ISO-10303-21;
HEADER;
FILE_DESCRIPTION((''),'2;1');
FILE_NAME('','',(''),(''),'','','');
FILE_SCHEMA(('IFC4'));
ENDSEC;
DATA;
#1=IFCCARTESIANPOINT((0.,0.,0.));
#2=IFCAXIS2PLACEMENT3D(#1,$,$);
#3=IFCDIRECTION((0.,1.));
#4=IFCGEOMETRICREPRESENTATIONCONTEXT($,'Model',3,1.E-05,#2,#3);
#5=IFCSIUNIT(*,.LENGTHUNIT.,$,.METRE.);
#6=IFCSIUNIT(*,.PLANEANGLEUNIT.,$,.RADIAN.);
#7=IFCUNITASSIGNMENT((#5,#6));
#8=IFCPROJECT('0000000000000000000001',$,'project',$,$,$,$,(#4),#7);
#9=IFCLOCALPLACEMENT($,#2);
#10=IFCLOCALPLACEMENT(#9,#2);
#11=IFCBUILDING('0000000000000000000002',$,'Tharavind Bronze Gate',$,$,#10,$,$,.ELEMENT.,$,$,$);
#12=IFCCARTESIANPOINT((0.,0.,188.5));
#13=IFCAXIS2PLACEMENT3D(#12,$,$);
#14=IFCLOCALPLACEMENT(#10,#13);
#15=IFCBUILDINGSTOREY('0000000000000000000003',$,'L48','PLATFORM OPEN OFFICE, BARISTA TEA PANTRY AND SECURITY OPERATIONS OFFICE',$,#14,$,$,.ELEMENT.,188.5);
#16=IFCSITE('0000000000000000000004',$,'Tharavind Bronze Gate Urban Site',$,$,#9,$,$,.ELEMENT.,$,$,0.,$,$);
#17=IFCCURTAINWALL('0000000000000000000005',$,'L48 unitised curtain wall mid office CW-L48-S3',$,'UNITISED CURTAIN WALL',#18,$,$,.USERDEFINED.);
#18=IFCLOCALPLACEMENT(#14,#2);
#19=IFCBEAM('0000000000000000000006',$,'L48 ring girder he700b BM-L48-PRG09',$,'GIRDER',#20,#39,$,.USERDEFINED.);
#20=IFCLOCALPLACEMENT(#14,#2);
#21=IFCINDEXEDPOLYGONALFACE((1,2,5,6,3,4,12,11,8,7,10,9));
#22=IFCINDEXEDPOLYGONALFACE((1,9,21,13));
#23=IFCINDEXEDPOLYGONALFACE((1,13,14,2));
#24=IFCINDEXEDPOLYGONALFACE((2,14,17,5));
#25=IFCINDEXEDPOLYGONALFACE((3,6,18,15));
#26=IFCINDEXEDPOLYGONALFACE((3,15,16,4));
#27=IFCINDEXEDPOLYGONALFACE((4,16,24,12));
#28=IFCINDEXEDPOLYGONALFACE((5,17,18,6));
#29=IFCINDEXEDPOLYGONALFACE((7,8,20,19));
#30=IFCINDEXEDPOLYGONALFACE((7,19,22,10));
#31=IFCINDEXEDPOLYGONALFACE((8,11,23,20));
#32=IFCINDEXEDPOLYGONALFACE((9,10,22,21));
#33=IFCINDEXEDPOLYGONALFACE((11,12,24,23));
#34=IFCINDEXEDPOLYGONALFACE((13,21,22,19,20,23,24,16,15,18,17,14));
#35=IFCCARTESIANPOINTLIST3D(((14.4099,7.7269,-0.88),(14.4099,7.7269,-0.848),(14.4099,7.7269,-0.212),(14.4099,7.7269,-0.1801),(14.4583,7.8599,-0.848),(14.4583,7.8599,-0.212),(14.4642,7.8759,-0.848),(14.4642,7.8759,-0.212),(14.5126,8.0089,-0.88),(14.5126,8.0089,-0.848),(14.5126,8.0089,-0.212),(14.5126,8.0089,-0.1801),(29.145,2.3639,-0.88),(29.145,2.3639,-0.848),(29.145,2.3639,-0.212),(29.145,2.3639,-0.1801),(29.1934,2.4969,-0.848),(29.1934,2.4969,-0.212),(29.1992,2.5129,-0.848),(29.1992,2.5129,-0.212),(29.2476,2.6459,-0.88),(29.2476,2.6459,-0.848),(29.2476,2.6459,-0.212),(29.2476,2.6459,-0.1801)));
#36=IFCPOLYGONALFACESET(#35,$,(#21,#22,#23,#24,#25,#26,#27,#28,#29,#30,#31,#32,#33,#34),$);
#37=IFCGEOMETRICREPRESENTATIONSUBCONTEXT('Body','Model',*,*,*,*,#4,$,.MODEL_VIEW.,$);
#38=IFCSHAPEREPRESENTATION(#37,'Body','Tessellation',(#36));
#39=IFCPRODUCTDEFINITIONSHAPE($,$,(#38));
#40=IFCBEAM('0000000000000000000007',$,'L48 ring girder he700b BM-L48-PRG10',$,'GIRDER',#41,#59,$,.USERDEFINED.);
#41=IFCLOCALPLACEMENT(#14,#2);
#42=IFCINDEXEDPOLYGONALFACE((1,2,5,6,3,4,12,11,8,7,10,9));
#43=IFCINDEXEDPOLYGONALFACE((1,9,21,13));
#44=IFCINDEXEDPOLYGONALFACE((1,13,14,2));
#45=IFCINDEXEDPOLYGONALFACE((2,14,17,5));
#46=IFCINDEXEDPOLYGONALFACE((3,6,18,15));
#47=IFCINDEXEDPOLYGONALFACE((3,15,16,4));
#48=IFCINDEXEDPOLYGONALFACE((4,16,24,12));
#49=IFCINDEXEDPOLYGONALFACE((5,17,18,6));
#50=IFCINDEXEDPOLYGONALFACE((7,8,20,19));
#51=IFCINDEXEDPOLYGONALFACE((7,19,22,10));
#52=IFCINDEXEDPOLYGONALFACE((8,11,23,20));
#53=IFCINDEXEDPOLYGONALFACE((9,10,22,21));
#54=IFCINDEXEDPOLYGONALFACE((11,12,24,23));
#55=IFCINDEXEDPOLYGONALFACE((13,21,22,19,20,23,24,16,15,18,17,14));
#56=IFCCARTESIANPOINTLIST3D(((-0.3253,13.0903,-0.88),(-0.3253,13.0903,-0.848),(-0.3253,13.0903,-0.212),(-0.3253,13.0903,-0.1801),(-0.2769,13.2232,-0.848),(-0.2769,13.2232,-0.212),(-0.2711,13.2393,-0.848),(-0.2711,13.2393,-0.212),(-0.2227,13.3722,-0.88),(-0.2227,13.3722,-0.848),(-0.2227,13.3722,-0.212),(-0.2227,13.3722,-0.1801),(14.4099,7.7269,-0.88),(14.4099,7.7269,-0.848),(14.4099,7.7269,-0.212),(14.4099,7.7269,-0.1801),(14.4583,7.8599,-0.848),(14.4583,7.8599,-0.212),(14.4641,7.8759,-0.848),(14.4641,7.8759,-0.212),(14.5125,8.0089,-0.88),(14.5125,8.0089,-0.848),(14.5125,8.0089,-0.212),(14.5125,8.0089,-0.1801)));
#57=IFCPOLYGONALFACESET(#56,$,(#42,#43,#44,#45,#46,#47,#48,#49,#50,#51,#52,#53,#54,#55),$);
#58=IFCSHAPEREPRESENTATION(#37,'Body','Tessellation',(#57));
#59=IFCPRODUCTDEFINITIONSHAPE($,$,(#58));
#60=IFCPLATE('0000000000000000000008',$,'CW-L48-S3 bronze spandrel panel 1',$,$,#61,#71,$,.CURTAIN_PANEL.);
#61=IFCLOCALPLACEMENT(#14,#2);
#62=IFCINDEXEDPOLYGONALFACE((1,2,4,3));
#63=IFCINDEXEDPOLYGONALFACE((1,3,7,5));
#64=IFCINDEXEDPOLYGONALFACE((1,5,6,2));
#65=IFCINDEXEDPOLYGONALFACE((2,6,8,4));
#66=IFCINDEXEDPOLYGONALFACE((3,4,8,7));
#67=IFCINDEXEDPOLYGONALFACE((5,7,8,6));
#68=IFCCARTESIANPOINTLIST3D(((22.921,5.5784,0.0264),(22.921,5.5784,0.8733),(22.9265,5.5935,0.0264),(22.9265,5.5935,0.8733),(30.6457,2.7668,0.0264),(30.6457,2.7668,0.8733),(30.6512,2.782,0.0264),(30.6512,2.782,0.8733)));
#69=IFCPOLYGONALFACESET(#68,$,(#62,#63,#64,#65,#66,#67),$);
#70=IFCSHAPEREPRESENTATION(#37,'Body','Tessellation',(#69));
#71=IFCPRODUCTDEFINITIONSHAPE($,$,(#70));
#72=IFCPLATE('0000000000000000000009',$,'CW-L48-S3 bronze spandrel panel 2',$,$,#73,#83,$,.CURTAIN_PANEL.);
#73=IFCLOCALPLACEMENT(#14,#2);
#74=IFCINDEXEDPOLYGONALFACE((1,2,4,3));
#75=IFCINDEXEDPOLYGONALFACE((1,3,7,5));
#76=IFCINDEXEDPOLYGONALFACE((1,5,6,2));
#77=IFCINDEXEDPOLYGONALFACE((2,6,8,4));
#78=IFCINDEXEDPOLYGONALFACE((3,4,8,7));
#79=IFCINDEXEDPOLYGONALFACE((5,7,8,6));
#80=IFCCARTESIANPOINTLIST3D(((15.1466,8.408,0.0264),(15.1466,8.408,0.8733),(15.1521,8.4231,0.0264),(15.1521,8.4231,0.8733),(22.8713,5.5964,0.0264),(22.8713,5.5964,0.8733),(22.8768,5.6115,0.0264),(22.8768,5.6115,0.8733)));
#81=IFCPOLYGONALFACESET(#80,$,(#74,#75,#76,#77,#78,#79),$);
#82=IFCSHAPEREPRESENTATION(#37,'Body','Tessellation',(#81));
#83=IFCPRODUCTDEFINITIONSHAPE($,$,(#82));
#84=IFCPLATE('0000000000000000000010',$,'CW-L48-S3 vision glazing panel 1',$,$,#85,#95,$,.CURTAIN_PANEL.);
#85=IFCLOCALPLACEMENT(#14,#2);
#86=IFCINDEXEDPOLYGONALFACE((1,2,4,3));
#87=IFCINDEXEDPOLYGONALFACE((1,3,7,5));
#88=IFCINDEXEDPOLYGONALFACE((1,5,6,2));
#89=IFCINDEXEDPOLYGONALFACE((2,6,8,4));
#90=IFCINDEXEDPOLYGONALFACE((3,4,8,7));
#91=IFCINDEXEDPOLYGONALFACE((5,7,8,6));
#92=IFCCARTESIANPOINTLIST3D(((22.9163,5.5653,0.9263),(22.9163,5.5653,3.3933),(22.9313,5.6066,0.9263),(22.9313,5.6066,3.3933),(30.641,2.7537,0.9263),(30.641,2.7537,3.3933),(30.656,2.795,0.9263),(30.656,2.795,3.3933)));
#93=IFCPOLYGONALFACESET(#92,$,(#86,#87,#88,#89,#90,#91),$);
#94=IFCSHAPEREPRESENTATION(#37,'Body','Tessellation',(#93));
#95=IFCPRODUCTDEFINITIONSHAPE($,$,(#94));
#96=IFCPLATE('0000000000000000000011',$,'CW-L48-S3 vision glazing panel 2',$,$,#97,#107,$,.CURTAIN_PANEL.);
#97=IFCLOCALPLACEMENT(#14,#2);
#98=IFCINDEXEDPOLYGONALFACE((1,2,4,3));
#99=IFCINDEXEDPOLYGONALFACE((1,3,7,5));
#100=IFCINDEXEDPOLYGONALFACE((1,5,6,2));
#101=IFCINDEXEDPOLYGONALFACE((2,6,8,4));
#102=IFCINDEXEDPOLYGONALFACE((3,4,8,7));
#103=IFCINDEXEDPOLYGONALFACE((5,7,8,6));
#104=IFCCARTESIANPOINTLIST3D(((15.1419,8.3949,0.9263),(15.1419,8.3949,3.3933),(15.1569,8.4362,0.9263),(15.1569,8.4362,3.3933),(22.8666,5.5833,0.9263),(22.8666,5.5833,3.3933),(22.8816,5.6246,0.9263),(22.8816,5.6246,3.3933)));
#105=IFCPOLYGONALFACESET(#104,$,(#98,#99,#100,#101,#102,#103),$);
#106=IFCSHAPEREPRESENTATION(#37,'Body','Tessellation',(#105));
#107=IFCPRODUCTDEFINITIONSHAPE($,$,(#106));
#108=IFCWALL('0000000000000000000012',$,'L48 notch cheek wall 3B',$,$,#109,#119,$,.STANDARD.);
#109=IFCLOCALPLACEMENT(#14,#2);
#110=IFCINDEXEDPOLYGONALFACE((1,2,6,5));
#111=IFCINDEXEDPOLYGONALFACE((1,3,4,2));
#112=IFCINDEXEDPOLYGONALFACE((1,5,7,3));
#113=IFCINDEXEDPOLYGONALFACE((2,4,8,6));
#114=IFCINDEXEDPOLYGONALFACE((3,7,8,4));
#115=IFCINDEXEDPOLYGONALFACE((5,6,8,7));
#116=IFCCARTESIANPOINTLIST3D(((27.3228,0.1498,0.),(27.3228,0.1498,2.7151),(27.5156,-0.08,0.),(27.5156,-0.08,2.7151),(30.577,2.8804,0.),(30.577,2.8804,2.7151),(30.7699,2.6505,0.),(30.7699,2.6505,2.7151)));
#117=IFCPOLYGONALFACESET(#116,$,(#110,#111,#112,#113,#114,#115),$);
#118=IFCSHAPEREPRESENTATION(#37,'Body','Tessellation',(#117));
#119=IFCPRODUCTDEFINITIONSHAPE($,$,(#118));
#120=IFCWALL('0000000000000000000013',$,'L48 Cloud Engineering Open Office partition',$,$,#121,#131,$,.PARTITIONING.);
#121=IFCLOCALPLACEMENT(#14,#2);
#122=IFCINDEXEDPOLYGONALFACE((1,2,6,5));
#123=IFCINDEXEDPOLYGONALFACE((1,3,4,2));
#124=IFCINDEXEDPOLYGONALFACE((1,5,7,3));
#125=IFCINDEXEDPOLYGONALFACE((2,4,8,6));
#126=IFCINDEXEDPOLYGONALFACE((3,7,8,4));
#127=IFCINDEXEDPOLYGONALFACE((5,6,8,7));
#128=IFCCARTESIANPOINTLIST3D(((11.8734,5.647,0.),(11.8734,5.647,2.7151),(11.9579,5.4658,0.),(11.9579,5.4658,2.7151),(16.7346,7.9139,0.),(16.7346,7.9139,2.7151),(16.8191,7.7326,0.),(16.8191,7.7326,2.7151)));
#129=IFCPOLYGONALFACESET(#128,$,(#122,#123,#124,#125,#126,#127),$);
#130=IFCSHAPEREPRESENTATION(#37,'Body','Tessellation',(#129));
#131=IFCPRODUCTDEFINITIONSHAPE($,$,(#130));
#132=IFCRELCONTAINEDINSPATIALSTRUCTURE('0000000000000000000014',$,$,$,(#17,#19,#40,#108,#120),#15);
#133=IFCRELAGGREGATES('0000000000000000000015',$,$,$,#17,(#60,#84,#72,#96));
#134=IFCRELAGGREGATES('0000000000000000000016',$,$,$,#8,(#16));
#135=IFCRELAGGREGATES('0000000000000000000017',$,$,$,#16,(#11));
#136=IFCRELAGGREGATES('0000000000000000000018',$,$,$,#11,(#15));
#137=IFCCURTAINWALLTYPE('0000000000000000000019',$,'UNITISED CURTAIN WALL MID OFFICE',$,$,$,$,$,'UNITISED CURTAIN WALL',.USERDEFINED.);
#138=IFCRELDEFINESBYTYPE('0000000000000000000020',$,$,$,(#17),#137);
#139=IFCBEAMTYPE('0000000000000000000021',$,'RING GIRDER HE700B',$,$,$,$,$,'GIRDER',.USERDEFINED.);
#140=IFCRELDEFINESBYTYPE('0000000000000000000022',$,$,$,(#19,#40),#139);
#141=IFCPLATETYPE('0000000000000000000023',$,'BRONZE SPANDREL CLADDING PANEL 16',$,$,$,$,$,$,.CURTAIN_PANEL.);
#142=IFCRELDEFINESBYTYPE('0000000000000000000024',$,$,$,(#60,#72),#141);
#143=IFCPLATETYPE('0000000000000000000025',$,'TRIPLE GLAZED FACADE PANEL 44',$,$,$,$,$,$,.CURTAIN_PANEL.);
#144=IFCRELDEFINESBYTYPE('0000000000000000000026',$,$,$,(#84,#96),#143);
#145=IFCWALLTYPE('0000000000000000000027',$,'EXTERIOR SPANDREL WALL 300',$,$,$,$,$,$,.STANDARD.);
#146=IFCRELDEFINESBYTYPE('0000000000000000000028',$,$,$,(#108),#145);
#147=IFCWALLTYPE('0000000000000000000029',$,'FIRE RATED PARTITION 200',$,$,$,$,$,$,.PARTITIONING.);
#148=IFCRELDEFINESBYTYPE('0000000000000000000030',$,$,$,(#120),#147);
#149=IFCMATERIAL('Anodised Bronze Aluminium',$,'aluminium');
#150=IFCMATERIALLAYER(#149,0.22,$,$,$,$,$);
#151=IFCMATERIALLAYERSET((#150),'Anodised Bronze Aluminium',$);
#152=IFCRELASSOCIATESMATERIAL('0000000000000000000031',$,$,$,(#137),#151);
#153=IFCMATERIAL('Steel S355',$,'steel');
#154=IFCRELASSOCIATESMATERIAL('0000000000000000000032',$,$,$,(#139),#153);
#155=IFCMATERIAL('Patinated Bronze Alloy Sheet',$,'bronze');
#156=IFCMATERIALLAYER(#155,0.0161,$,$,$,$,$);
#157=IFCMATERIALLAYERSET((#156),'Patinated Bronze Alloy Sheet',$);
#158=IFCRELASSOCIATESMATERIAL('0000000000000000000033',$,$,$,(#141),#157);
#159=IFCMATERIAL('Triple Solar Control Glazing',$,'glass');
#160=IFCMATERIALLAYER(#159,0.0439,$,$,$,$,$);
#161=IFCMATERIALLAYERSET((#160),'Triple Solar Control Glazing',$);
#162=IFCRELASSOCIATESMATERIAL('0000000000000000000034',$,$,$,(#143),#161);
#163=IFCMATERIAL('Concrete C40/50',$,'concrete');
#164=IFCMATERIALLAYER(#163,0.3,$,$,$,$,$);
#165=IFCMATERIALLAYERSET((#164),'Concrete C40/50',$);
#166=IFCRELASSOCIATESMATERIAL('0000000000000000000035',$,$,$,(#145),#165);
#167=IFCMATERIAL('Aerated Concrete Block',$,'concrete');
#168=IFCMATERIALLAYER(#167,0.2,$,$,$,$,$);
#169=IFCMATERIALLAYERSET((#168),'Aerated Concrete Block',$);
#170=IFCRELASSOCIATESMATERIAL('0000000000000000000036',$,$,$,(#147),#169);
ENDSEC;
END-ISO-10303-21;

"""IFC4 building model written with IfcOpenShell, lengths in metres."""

from ifc_helpers import new_model, si_unit, direction, frame, frame_2d, origin, origin_2d, place, context, subcontext, project, spatial, rectangle, i_section, extrude, material, layer, layer_set, material_profile, profile_set, type_object, element, aggregate, save


model = new_model("IFC4")

# Units and contexts
model_context = context("Model", 3, precision=1e-05, world=origin(), true_north=direction((0.0, 1.0)))
body_context = subcontext(model_context, "Body", "Model", "MODEL_VIEW")
ifc_project = project(units=[si_unit("LENGTHUNIT", "METRE"), si_unit("PLANEANGLEUNIT", "RADIAN")], contexts=[model_context])

# Site, building, storey
site_placement = place(None, origin())
site = spatial("IfcSite", under=ifc_project, at=site_placement, Name="Tharavind Bronze Gate Urban Site", CompositionType="ELEMENT", RefElevation=0.0)
building_placement = place(site_placement, origin())
building = spatial("IfcBuilding", under=site, at=building_placement, Name="Tharavind Bronze Gate", CompositionType="ELEMENT")
storey_placement = place(building_placement, frame((0.0, 0.0, 188.5)))
storey = spatial("IfcBuildingStorey", under=building, at=storey_placement, Name="L48", Description="PLATFORM OPEN OFFICE, BARISTA TEA PANTRY AND SECURITY OPERATIONS OFFICE", CompositionType="ELEMENT", Elevation=188.5)

# Curtain wall
ifc_material_1 = material(Name="Anodised Bronze Aluminium", Category="aluminium")
ifc_layer_1 = layer(ifc_material_1, 0.22)
ifc_layer_set_1 = layer_set([ifc_layer_1], Name="Anodised Bronze Aluminium")
curtain_wall_type = type_object("IfcCurtainWallType", Name="UNITISED CURTAIN WALL MID OFFICE", ElementType="UNITISED CURTAIN WALL", PredefinedType="USERDEFINED", material=ifc_layer_set_1)
curtain_wall_placement = place(storey_placement, origin())
curtain_wall = element("IfcCurtainWall", 1, at=curtain_wall_placement, inside=storey, type_object=curtain_wall_type, Name="L48 unitised curtain wall mid office CW-L48-S3", ObjectType="UNITISED CURTAIN WALL", PredefinedType="USERDEFINED")

# Beams
ifc_material_2 = material(Name="Steel S355", Category="steel")
ifc_material_profile_1 = material_profile(ifc_material_2, i_section(OverallWidth=0.3, OverallDepth=0.7, WebThickness=0.0171, FlangeThickness=0.032, at=origin_2d()), Name="HE700B")
ifc_profile_set_1 = profile_set([ifc_material_profile_1], Name="Steel S355")
beam_type_1 = type_object("IfcBeamType", Name="RING GIRDER HE700B", ElementType="GIRDER", PredefinedType="USERDEFINED", material=ifc_profile_set_1)
beam_1_placement = place(storey_placement, frame((29.1963, 2.5049, -0.53), z_axis=(-0.939695, 0.342014, 0.0), x_axis=(-0.342014, -0.939695, 0.0)))
element("IfcBeam", 2, at=beam_1_placement, inside=storey, type_object=beam_type_1, Name="L48 ring girder he700b BM-L48-PRG09", ObjectType="GIRDER", PredefinedType="USERDEFINED", context=body_context, shape_type="SweptSolid", body=[
    extrude(i_section(OverallWidth=0.3, OverallDepth=0.7, WebThickness=0.0171, FlangeThickness=0.032, at=origin_2d()), origin(), (0.0, 0.0, 1.0), 15.6807),
])
beam_2_placement = place(storey_placement, frame((14.4612, 7.8679, -0.53), z_axis=(-0.93969, 0.342028, 0.0), x_axis=(-0.342028, -0.93969, 0.0)))
element("IfcBeam", 3, at=beam_2_placement, inside=storey, type_object=beam_type_1, Name="L48 ring girder he700b BM-L48-PRG10", ObjectType="GIRDER", PredefinedType="USERDEFINED", context=body_context, shape_type="SweptSolid", body=[
    extrude(i_section(OverallWidth=0.3, OverallDepth=0.7, WebThickness=0.0171, FlangeThickness=0.032, at=origin_2d()), origin(), (0.0, 0.0, 1.0), 15.6809),
])

# Plates
ifc_material_3 = material(Name="Patinated Bronze Alloy Sheet", Category="bronze")
ifc_layer_2 = layer(ifc_material_3, 0.0161)
ifc_layer_set_2 = layer_set([ifc_layer_2], Name="Patinated Bronze Alloy Sheet")
plate_type_1 = type_object("IfcPlateType", Name="BRONZE SPANDREL CLADDING PANEL 16", PredefinedType="CURTAIN_PANEL", material=ifc_layer_set_2)
plate_1_placement = place(storey_placement, frame((26.7861, 4.1802, 0.0264), z_axis=(0.0, 0.0, 1.0), x_axis=(-0.939692, 0.342022, 0.0)))
plate_1 = element("IfcPlate", 4, at=plate_1_placement, type_object=plate_type_1, Name="CW-L48-S3 bronze spandrel panel 1", PredefinedType="CURTAIN_PANEL", context=body_context, shape_type="SweptSolid", body=[
    extrude(rectangle(XDim=8.2205, YDim=0.0161, at=origin_2d()), origin(), (0.0, 0.0, 1.0), 0.8469),
])
plate_2_placement = place(storey_placement, frame((19.0117, 7.0098, 0.0264), z_axis=(0.0, 0.0, 1.0), x_axis=(-0.939692, 0.342022, 0.0)))
plate_2 = element("IfcPlate", 5, at=plate_2_placement, type_object=plate_type_1, Name="CW-L48-S3 bronze spandrel panel 2", PredefinedType="CURTAIN_PANEL", context=body_context, shape_type="SweptSolid", body=[
    extrude(rectangle(XDim=8.2205, YDim=0.0161, at=origin_2d()), origin(), (0.0, 0.0, 1.0), 0.8469),
])
ifc_material_4 = material(Name="Triple Solar Control Glazing", Category="glass")
ifc_layer_3 = layer(ifc_material_4, 0.0439)
ifc_layer_set_3 = layer_set([ifc_layer_3], Name="Triple Solar Control Glazing")
plate_type_2 = type_object("IfcPlateType", Name="TRIPLE GLAZED FACADE PANEL 44", PredefinedType="CURTAIN_PANEL", material=ifc_layer_set_3)
plate_3_placement = place(storey_placement, frame((26.7861, 4.1802, 0.9263), z_axis=(0.0, 0.0, 1.0), x_axis=(-0.939692, 0.342022, 0.0)))
plate_3 = element("IfcPlate", 6, at=plate_3_placement, type_object=plate_type_2, Name="CW-L48-S3 vision glazing panel 1", PredefinedType="CURTAIN_PANEL", context=body_context, shape_type="SweptSolid", body=[
    extrude(rectangle(XDim=8.2205, YDim=0.0439, at=origin_2d()), origin(), (0.0, 0.0, 1.0), 2.467),
])
plate_4_placement = place(storey_placement, frame((19.0117, 7.0098, 0.9263), z_axis=(0.0, 0.0, 1.0), x_axis=(-0.939692, 0.342022, 0.0)))
plate_4 = element("IfcPlate", 7, at=plate_4_placement, type_object=plate_type_2, Name="CW-L48-S3 vision glazing panel 2", PredefinedType="CURTAIN_PANEL", context=body_context, shape_type="SweptSolid", body=[
    extrude(rectangle(XDim=8.2205, YDim=0.0439, at=origin_2d()), origin(), (0.0, 0.0, 1.0), 2.467),
])
aggregate(curtain_wall, [plate_1, plate_3, plate_2, plate_4])

# Walls
ifc_material_5 = material(Name="Concrete C40/50", Category="concrete")
ifc_layer_4 = layer(ifc_material_5, 0.3)
ifc_layer_set_4 = layer_set([ifc_layer_4], Name="Concrete C40/50")
wall_type_1 = type_object("IfcWallType", Name="EXTERIOR SPANDREL WALL 300", PredefinedType="STANDARD", material=ifc_layer_set_4)
wall_1_placement = place(storey_placement, frame((27.4192, 0.0349, 0.0), z_axis=(0.0, 0.0, 1.0), x_axis=(0.766055, 0.642776, 0.0)))
element("IfcWall", 8, at=wall_1_placement, inside=storey, type_object=wall_type_1, Name="L48 notch cheek wall 3B", PredefinedType="STANDARD", context=body_context, shape_type="SweptSolid", body=[
    extrude(rectangle(XDim=4.248, YDim=0.3, at=frame_2d((2.124, 0.0))), origin(), (0.0, 0.0, 1.0), 2.7151),
])
ifc_material_6 = material(Name="Aerated Concrete Block", Category="concrete")
ifc_layer_5 = layer(ifc_material_6, 0.2)
ifc_layer_set_5 = layer_set([ifc_layer_5], Name="Aerated Concrete Block")
wall_type_2 = type_object("IfcWallType", Name="FIRE RATED PARTITION 200", PredefinedType="PARTITIONING", material=ifc_layer_set_5)
wall_2_placement = place(storey_placement, frame((16.7769, 7.8232, 0.0), z_axis=(0.0, 0.0, 1.0), x_axis=(-0.90631, -0.422614, 0.0)))
element("IfcWall", 9, at=wall_2_placement, inside=storey, type_object=wall_type_2, Name="L48 Cloud Engineering Open Office partition", PredefinedType="PARTITIONING", context=body_context, shape_type="SweptSolid", body=[
    extrude(rectangle(XDim=5.3638, YDim=0.2, at=frame_2d((2.6819, 0.0))), origin(), (0.0, 0.0, 1.0), 2.7151),
])

save(model, "model.ifc")
